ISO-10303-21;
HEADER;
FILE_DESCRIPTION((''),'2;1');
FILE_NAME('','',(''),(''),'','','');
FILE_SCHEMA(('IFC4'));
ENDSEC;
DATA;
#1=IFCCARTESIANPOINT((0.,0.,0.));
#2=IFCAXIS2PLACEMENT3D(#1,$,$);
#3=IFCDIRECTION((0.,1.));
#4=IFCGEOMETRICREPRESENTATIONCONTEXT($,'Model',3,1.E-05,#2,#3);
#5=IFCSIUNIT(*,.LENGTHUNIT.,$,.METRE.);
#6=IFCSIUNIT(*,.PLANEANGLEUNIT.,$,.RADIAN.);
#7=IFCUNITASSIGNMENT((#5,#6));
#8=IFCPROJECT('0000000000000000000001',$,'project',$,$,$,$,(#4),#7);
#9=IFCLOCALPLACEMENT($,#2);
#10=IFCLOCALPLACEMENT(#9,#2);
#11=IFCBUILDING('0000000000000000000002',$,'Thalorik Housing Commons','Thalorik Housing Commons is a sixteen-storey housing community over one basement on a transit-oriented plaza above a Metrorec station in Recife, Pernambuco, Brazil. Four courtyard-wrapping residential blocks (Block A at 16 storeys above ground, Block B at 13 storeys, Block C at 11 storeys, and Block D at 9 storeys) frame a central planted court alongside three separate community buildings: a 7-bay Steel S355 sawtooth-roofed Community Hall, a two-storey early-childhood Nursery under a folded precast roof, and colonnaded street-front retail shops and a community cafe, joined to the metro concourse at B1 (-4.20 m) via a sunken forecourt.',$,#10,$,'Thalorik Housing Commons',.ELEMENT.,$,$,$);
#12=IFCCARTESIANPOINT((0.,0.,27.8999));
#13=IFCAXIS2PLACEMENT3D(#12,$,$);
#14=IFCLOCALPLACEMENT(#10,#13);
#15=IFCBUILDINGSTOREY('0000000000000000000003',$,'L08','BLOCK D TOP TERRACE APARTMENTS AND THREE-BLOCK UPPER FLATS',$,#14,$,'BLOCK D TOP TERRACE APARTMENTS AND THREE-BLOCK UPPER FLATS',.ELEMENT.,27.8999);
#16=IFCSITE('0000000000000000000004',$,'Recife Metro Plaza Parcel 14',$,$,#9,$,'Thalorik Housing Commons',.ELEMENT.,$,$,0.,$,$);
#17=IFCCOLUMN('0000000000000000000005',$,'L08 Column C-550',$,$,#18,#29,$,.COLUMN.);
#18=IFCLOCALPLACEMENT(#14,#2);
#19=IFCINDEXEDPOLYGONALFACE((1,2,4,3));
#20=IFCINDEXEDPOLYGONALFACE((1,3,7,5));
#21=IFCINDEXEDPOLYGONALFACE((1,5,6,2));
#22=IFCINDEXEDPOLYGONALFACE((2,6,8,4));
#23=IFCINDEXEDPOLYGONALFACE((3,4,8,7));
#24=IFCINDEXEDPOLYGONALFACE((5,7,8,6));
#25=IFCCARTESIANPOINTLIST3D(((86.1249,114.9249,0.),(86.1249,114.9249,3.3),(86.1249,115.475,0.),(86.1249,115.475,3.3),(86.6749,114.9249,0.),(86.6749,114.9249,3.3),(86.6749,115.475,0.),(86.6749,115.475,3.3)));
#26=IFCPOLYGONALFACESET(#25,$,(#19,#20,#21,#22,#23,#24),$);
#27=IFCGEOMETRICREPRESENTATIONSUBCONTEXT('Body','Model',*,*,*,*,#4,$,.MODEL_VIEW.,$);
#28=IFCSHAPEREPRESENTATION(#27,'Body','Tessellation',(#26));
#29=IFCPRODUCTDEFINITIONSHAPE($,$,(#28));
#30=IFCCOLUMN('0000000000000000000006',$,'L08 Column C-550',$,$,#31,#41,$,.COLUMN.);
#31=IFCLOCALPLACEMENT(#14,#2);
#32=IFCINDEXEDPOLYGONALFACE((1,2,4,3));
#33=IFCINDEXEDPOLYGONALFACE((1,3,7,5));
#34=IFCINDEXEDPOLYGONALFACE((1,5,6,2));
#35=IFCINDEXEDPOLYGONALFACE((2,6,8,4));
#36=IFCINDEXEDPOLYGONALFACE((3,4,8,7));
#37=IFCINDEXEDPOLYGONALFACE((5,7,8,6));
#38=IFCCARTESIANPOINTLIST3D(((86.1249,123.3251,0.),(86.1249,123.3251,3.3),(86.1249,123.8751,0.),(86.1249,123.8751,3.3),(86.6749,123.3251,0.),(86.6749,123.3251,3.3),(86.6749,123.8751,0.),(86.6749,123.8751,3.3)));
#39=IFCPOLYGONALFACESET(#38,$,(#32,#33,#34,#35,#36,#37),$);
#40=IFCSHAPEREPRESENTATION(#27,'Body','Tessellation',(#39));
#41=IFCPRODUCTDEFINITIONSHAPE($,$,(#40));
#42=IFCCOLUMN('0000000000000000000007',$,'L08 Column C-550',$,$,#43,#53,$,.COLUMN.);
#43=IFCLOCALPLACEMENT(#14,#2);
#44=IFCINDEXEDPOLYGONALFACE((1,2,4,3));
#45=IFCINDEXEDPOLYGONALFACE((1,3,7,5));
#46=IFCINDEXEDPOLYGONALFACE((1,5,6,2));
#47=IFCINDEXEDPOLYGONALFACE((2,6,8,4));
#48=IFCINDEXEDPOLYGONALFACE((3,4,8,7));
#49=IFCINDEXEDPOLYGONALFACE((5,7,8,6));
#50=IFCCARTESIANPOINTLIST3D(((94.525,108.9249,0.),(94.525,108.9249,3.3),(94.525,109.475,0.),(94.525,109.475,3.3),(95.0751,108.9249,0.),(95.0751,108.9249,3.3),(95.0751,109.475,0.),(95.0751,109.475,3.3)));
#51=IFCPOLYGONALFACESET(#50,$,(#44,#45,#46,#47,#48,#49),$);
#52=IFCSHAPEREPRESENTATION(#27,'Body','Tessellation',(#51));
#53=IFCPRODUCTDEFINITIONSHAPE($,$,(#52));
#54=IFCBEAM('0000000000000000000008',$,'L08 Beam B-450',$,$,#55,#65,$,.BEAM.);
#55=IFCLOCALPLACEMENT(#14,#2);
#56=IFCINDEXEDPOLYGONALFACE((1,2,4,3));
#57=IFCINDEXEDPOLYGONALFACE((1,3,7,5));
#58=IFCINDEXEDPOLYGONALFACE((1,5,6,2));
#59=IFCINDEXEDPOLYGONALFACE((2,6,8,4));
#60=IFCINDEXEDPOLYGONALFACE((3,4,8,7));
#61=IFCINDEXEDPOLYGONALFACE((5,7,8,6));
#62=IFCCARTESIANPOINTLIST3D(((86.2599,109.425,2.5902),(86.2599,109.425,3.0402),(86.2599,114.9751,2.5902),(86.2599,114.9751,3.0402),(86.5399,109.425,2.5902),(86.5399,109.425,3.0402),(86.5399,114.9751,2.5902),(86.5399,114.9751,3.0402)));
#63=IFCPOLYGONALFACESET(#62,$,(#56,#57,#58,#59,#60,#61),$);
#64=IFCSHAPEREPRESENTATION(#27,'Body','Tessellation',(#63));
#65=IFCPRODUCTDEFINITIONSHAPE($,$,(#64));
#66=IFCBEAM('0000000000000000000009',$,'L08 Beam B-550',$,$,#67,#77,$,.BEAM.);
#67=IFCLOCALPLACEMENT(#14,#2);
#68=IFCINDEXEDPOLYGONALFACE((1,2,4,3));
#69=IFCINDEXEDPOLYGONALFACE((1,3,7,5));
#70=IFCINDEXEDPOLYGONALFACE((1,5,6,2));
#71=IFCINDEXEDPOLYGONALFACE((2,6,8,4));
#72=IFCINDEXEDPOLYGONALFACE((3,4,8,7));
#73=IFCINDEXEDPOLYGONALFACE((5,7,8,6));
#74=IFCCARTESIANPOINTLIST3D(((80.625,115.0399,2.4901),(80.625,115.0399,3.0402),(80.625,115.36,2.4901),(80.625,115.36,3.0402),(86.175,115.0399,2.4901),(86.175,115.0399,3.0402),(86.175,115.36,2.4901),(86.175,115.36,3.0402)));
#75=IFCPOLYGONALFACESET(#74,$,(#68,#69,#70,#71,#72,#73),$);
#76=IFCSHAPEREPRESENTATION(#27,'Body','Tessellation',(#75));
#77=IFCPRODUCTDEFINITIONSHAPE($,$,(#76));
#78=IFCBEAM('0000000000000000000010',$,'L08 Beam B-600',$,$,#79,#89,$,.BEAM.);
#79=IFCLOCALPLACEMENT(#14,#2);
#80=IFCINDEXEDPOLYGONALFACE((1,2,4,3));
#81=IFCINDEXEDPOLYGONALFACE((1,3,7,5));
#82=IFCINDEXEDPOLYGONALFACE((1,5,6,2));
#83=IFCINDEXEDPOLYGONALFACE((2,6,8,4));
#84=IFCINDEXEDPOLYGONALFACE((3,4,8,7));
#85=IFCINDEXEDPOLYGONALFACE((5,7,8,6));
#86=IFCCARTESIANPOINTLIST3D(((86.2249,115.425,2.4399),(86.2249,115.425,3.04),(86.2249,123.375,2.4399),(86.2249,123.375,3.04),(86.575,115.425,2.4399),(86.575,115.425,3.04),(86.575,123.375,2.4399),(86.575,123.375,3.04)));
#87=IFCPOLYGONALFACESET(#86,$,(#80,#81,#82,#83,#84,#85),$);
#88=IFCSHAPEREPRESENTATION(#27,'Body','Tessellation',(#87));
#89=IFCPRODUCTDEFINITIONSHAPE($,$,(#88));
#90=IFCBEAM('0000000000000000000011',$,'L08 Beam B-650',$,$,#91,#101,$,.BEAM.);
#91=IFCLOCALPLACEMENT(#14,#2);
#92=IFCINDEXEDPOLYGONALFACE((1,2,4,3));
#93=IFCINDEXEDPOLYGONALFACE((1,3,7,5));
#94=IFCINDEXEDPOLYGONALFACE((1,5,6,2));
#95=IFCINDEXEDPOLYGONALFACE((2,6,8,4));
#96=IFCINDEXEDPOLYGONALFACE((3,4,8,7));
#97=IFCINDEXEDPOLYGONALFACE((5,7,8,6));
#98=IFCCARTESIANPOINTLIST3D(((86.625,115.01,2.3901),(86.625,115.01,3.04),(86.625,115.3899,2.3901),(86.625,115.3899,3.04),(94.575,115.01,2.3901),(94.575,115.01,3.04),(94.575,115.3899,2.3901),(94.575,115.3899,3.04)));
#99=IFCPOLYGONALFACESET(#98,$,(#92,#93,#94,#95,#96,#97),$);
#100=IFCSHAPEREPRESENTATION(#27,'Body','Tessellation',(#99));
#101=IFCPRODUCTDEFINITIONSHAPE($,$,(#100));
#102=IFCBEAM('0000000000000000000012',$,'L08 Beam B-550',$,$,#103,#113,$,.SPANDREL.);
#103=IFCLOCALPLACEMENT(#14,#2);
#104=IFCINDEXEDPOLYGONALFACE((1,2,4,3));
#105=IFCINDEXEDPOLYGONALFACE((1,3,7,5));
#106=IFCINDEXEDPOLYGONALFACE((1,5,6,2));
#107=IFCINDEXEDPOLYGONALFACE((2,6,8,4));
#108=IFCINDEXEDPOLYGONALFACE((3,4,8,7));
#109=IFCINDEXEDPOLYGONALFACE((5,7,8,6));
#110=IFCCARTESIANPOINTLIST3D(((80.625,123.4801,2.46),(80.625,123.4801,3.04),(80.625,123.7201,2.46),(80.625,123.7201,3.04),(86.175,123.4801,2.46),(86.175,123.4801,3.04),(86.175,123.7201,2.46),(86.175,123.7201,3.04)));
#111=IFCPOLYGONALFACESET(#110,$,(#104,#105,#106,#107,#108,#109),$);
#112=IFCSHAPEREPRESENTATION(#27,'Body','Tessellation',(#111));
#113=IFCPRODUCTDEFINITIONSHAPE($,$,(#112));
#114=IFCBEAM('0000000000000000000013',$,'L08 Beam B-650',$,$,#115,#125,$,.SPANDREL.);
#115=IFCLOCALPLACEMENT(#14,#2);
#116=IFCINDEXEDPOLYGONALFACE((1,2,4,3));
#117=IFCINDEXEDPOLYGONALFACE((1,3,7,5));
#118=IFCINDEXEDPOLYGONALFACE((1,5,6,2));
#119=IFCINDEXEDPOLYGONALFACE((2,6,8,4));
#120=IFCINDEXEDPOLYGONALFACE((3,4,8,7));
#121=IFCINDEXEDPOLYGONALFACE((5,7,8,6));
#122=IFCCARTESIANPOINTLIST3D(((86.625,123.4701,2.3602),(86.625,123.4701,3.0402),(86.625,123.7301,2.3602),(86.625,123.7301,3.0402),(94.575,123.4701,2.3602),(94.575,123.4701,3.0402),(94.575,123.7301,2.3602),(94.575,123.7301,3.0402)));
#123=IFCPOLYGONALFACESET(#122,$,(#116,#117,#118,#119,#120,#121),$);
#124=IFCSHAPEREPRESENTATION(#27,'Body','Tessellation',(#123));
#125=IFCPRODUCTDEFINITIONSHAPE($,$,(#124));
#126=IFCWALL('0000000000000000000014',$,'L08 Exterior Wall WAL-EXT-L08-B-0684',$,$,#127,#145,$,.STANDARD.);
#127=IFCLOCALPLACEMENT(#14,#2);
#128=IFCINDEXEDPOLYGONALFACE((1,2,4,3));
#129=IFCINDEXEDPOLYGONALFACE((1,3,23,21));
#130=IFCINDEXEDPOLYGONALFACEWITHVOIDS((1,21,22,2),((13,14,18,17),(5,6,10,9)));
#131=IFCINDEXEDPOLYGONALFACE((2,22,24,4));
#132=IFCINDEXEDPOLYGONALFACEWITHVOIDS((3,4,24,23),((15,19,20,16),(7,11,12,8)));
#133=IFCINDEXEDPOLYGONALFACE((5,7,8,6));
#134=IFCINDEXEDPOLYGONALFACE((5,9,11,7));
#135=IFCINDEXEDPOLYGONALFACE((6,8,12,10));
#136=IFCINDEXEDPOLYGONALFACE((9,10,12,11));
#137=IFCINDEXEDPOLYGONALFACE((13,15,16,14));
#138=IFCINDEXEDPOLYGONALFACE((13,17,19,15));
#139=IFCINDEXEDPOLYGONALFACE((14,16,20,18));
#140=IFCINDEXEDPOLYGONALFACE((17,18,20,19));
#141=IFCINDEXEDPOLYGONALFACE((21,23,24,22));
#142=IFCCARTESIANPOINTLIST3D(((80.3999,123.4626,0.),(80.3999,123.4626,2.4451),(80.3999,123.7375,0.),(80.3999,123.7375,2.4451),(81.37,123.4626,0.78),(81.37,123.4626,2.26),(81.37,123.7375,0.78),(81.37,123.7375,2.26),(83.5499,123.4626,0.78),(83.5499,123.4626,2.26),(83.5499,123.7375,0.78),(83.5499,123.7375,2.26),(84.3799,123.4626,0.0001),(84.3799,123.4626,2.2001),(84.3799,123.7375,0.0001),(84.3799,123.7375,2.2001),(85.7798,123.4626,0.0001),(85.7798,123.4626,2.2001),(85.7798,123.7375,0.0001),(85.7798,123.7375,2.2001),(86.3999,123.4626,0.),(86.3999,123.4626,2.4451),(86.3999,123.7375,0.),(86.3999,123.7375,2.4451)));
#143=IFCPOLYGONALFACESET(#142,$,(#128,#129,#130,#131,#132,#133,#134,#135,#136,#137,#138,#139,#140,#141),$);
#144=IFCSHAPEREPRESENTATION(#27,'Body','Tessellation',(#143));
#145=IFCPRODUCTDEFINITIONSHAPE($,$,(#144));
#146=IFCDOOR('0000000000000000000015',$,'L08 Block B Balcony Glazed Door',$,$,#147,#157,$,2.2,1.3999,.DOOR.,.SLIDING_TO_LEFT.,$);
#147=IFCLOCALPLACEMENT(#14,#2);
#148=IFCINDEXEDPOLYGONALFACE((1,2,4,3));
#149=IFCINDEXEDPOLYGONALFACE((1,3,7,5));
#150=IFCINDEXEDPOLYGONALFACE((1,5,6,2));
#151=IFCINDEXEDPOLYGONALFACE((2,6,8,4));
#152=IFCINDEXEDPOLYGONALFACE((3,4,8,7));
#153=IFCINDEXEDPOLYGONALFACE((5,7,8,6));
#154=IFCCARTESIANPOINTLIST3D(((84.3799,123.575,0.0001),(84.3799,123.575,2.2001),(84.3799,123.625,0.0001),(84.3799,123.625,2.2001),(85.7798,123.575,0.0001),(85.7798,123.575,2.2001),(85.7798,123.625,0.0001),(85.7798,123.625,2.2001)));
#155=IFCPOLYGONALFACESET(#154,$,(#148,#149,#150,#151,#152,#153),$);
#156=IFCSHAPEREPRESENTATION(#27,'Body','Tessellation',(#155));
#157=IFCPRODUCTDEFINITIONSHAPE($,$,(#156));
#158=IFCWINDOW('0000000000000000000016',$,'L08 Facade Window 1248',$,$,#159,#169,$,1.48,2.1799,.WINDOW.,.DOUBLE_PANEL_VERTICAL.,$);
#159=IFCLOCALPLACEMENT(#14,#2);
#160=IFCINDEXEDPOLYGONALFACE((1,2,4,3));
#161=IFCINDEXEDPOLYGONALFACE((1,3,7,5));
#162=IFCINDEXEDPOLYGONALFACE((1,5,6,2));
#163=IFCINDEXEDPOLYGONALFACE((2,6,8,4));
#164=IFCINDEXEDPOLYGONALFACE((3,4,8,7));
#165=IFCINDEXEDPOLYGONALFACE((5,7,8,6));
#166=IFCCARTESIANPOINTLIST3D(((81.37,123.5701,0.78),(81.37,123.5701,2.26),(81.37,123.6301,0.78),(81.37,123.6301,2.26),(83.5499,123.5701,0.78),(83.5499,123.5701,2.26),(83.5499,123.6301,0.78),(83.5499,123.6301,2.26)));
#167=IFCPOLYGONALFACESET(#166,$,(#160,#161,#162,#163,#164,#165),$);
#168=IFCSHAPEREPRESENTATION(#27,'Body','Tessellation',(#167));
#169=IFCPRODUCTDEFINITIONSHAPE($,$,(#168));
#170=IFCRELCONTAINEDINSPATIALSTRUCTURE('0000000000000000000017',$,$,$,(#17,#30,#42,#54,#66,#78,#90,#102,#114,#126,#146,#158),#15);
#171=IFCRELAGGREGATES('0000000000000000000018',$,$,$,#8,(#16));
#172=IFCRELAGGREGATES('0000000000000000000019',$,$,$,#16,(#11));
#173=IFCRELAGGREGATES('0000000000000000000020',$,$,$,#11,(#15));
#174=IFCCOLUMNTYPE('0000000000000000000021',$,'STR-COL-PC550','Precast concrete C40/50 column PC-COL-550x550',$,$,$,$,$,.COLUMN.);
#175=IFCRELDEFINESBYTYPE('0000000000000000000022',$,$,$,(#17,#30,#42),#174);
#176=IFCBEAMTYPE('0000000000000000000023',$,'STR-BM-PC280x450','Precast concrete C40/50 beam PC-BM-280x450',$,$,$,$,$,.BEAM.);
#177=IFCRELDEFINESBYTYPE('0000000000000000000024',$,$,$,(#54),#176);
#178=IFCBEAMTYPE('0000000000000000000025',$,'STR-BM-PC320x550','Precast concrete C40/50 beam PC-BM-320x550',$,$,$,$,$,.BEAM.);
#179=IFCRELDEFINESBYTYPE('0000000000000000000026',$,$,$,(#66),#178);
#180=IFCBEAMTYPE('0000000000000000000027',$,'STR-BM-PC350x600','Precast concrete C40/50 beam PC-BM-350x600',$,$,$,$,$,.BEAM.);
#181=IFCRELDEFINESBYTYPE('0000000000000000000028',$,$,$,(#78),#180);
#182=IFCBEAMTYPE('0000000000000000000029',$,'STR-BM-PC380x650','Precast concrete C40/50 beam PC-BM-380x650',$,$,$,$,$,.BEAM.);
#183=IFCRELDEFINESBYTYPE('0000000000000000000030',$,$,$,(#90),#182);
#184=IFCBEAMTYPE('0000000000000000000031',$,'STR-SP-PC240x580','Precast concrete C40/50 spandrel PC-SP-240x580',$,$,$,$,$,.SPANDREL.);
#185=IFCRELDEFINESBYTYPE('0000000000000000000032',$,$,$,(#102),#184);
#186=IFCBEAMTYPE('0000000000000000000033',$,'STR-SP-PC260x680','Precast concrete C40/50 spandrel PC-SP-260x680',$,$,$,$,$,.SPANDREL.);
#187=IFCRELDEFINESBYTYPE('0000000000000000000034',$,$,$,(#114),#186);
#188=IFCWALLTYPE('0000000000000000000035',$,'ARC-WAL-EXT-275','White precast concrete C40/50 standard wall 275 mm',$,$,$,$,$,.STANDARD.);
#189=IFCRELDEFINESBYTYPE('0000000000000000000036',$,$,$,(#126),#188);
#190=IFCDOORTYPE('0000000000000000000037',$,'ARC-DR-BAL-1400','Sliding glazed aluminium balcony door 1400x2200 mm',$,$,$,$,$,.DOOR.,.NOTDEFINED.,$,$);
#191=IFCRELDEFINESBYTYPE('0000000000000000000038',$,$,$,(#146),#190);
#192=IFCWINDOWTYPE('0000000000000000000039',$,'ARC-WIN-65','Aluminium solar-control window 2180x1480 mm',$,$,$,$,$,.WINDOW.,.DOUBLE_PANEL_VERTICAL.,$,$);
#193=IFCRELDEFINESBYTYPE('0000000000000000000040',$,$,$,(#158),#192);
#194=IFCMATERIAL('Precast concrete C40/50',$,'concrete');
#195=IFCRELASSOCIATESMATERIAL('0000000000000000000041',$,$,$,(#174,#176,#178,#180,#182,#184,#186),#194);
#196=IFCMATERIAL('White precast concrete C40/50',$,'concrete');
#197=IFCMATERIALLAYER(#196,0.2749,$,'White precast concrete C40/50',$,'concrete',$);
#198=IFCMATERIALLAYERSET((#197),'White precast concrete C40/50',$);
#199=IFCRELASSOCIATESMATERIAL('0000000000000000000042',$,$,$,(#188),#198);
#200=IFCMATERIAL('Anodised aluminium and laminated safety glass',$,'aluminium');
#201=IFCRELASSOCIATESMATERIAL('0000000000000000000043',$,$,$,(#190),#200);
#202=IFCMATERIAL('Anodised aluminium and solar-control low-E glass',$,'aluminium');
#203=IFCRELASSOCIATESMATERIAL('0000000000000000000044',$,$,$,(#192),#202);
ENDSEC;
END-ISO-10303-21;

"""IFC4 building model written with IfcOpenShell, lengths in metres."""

from ifc_helpers import new_model, si_unit, direction, frame, frame_2d, origin, origin_2d, place, context, subcontext, project, spatial, rectangle, extrude, material, layer, layer_set, material_profile, profile_set, type_object, element, fill, save


model = new_model("IFC4")

# Units and contexts
model_context = context("Model", 3, precision=1e-05, world=origin(), true_north=direction((0.0, 1.0)))
body_context = subcontext(model_context, "Body", "Model", "MODEL_VIEW")
ifc_project = project(units=[si_unit("LENGTHUNIT", "METRE"), si_unit("PLANEANGLEUNIT", "RADIAN")], contexts=[model_context])

# Site, building, storey
site_placement = place(None, origin())
site = spatial("IfcSite", under=ifc_project, at=site_placement, Name="Recife Metro Plaza Parcel 14", LongName="Thalorik Housing Commons", CompositionType="ELEMENT", RefElevation=0.0)
building_placement = place(site_placement, origin())
building = spatial("IfcBuilding", under=site, at=building_placement, Name="Thalorik Housing Commons", Description="Thalorik Housing Commons is a sixteen-storey housing community over one basement on a transit-oriented plaza above a Metrorec station in Recife, Pernambuco, Brazil. Four courtyard-wrapping residential blocks (Block A at 16 storeys above ground, Block B at 13 storeys, Block C at 11 storeys, and Block D at 9 storeys) frame a central planted court alongside three separate community buildings: a 7-bay Steel S355 sawtooth-roofed Community Hall, a two-storey early-childhood Nursery under a folded precast roof, and colonnaded street-front retail shops and a community cafe, joined to the metro concourse at B1 (-4.20 m) via a sunken forecourt.", LongName="Thalorik Housing Commons", CompositionType="ELEMENT")
storey_placement = place(building_placement, frame((0.0, 0.0, 27.8999)))
storey = spatial("IfcBuildingStorey", under=building, at=storey_placement, Name="L08", Description="BLOCK D TOP TERRACE APARTMENTS AND THREE-BLOCK UPPER FLATS", LongName="BLOCK D TOP TERRACE APARTMENTS AND THREE-BLOCK UPPER FLATS", CompositionType="ELEMENT", Elevation=27.8999)

# Columns
ifc_material_1 = material(Name="Precast concrete C40/50", Category="concrete")
ifc_material_profile_1 = material_profile(ifc_material_1, rectangle(XDim=0.55, YDim=0.55, at=origin_2d()), Name="PC 550x550", Category="concrete")
ifc_profile_set_1 = profile_set([ifc_material_profile_1], Name="Precast concrete C40/50")
column_type = type_object("IfcColumnType", Name="STR-COL-PC550", Description="Precast concrete C40/50 column PC-COL-550x550", PredefinedType="COLUMN", material=ifc_profile_set_1)
for number, where, z_axis, x_axis, name in (
    (1, (86.3999, 115.2, 0.0), (0.0, 0.0, 1.0), (1.0, 0.0, 0.0), "L08 Column C-550"),
    (2, (86.3999, 123.6001, 0.0), (0.0, 0.0, 1.0), (1.0, 0.0, 0.0), "L08 Column C-550"),
    (3, (94.8, 109.2, 0.0), (0.0, 0.0, 1.0), (1.0, 0.0, 0.0), "L08 Column C-550"),
):
    element("IfcColumn", number, at=place(storey_placement, frame(where, z_axis=z_axis, x_axis=x_axis)), inside=storey, type_object=column_type, Name=name, PredefinedType="COLUMN", context=body_context, shape_type="SweptSolid", body=[
        extrude(rectangle(XDim=0.55, YDim=0.55, at=origin_2d()), origin(), (0.0, 0.0, 1.0), 3.3),
    ])

# Beams
ifc_material_profile_2 = material_profile(ifc_material_1, rectangle(XDim=0.28, YDim=0.45, at=origin_2d()), Name="PC 280x450", Category="concrete")
ifc_profile_set_2 = profile_set([ifc_material_profile_2], Name="Precast concrete C40/50")
beam_type_1 = type_object("IfcBeamType", Name="STR-BM-PC280x450", Description="Precast concrete C40/50 beam PC-BM-280x450", PredefinedType="BEAM", material=ifc_profile_set_2)
beam_1_placement = place(storey_placement, frame((86.3999, 109.425, 2.8152), z_axis=(0.0, 1.0, 0.0), x_axis=(-1.0, 0.0, 0.0)))
element("IfcBeam", 4, at=beam_1_placement, inside=storey, type_object=beam_type_1, Name="L08 Beam B-450", PredefinedType="BEAM", context=body_context, shape_type="SweptSolid", body=[
    extrude(rectangle(XDim=0.28, YDim=0.45, at=origin_2d()), origin(), (0.0, 0.0, 1.0), 5.55),
])
ifc_material_profile_3 = material_profile(ifc_material_1, rectangle(XDim=0.3201, YDim=0.55, at=origin_2d()), Name="PC 320x550", Category="concrete")
ifc_profile_set_3 = profile_set([ifc_material_profile_3], Name="Precast concrete C40/50")
beam_type_2 = type_object("IfcBeamType", Name="STR-BM-PC320x550", Description="Precast concrete C40/50 beam PC-BM-320x550", PredefinedType="BEAM", material=ifc_profile_set_3)
beam_2_placement = place(storey_placement, frame((80.625, 115.2, 2.7651), z_axis=(1.0, 0.0, 0.0), x_axis=(0.0, 1.0, 0.0)))
element("IfcBeam", 5, at=beam_2_placement, inside=storey, type_object=beam_type_2, Name="L08 Beam B-550", PredefinedType="BEAM", context=body_context, shape_type="SweptSolid", body=[
    extrude(rectangle(XDim=0.3201, YDim=0.55, at=origin_2d()), origin(), (0.0, 0.0, 1.0), 5.55),
])
ifc_material_profile_4 = material_profile(ifc_material_1, rectangle(XDim=0.3501, YDim=0.6001, at=origin_2d()), Name="PC 350x600", Category="concrete")
ifc_profile_set_4 = profile_set([ifc_material_profile_4], Name="Precast concrete C40/50")
beam_type_3 = type_object("IfcBeamType", Name="STR-BM-PC350x600", Description="Precast concrete C40/50 beam PC-BM-350x600", PredefinedType="BEAM", material=ifc_profile_set_4)
beam_3_placement = place(storey_placement, frame((86.3999, 115.425, 2.74), z_axis=(0.0, 1.0, 0.0), x_axis=(-1.0, 0.0, 0.0)))
element("IfcBeam", 6, at=beam_3_placement, inside=storey, type_object=beam_type_3, Name="L08 Beam B-600", PredefinedType="BEAM", context=body_context, shape_type="SweptSolid", body=[
    extrude(rectangle(XDim=0.3501, YDim=0.6001, at=origin_2d()), origin(), (0.0, 0.0, 1.0), 7.95),
])
ifc_material_profile_5 = material_profile(ifc_material_1, rectangle(XDim=0.3799, YDim=0.6499, at=origin_2d()), Name="PC 380x650", Category="concrete")
ifc_profile_set_5 = profile_set([ifc_material_profile_5], Name="Precast concrete C40/50")
beam_type_4 = type_object("IfcBeamType", Name="STR-BM-PC380x650", Description="Precast concrete C40/50 beam PC-BM-380x650", PredefinedType="BEAM", material=ifc_profile_set_5)
beam_4_placement = place(storey_placement, frame((86.625, 115.2, 2.7151), z_axis=(1.0, 0.0, 0.0), x_axis=(0.0, 1.0, 0.0)))
element("IfcBeam", 7, at=beam_4_placement, inside=storey, type_object=beam_type_4, Name="L08 Beam B-650", PredefinedType="BEAM", context=body_context, shape_type="SweptSolid", body=[
    extrude(rectangle(XDim=0.3799, YDim=0.6499, at=origin_2d()), origin(), (0.0, 0.0, 1.0), 7.95),
])
ifc_material_profile_6 = material_profile(ifc_material_1, rectangle(XDim=0.24, YDim=0.5801, at=origin_2d()), Name="PC SP 240x580", Category="concrete")
ifc_profile_set_6 = profile_set([ifc_material_profile_6], Name="Precast concrete C40/50")
beam_type_5 = type_object("IfcBeamType", Name="STR-SP-PC240x580", Description="Precast concrete C40/50 spandrel PC-SP-240x580", PredefinedType="SPANDREL", material=ifc_profile_set_6)
beam_5_placement = place(storey_placement, frame((80.625, 123.6001, 2.75), z_axis=(1.0, 0.0, 0.0), x_axis=(0.0, 1.0, 0.0)))
element("IfcBeam", 8, at=beam_5_placement, inside=storey, type_object=beam_type_5, Name="L08 Beam B-550", PredefinedType="SPANDREL", context=body_context, shape_type="SweptSolid", body=[
    extrude(rectangle(XDim=0.24, YDim=0.5801, at=origin_2d()), origin(), (0.0, 0.0, 1.0), 5.55),
])
ifc_material_profile_7 = material_profile(ifc_material_1, rectangle(XDim=0.26, YDim=0.6799, at=origin_2d()), Name="PC SP 260x680", Category="concrete")
ifc_profile_set_7 = profile_set([ifc_material_profile_7], Name="Precast concrete C40/50")
beam_type_6 = type_object("IfcBeamType", Name="STR-SP-PC260x680", Description="Precast concrete C40/50 spandrel PC-SP-260x680", PredefinedType="SPANDREL", material=ifc_profile_set_7)
beam_6_placement = place(storey_placement, frame((86.625, 123.6001, 2.7002), z_axis=(1.0, 0.0, 0.0), x_axis=(0.0, 1.0, 0.0)))
element("IfcBeam", 9, at=beam_6_placement, inside=storey, type_object=beam_type_6, Name="L08 Beam B-650", PredefinedType="SPANDREL", context=body_context, shape_type="SweptSolid", body=[
    extrude(rectangle(XDim=0.26, YDim=0.6799, at=origin_2d()), origin(), (0.0, 0.0, 1.0), 7.95),
])

# Wall, openings, door, window
ifc_material_2 = material(Name="White precast concrete C40/50", Category="concrete")
ifc_layer_1 = layer(ifc_material_2, 0.2749, Name="White precast concrete C40/50", Category="concrete")
ifc_layer_set_1 = layer_set([ifc_layer_1], Name="White precast concrete C40/50")
wall_type_1 = type_object("IfcWallType", Name="ARC-WAL-EXT-275", Description="White precast concrete C40/50 standard wall 275 mm", PredefinedType="STANDARD", material=ifc_layer_set_1)
wall_1_placement = place(storey_placement, frame((86.3999, 123.6001, 0.0), z_axis=(0.0, 0.0, 1.0), x_axis=(-1.0, 0.0, 0.0)))
wall_1 = element("IfcWall", 10, at=wall_1_placement, inside=storey, type_object=wall_type_1, Name="L08 Exterior Wall WAL-EXT-L08-B-0684", PredefinedType="STANDARD", context=body_context, shape_type="SweptSolid", body=[
    extrude(rectangle(XDim=6.0, YDim=0.2749, at=frame_2d((3.0, 0.0))), origin(), (0.0, 0.0, 1.0), 2.4451),
])
opening_1_placement = place(wall_1_placement, frame((0.6201, 0.0, 0.0)))
opening_1 = element("IfcOpeningElement", 11, at=opening_1_placement, cuts=wall_1, PredefinedType="OPENING", context=body_context, shape_type="SweptSolid", body=[
    extrude(rectangle(XDim=1.3999, YDim=2.2, at=frame_2d((0.7, 1.1001))), frame((0.0, 0.1475, 0.0), z_axis=(0.0, -1.0, 0.0), x_axis=(1.0, 0.0, 0.0)), (0.0, 0.0, 1.0), 0.2949),
])
opening_2_placement = place(wall_1_placement, frame((2.8501, 0.0, 0.78)))
opening_2 = element("IfcOpeningElement", 12, at=opening_2_placement, cuts=wall_1, PredefinedType="OPENING", context=body_context, shape_type="SweptSolid", body=[
    extrude(rectangle(XDim=2.1799, YDim=1.48, at=frame_2d((1.0898, 0.74))), frame((0.0, 0.1475, 0.0), z_axis=(0.0, -1.0, 0.0), x_axis=(1.0, 0.0, 0.0)), (0.0, 0.0, 1.0), 0.2949),
])
ifc_material_3 = material(Name="Anodised aluminium and laminated safety glass", Category="aluminium")
door_type_1 = type_object("IfcDoorType", Name="ARC-DR-BAL-1400", Description="Sliding glazed aluminium balcony door 1400x2200 mm", OperationType="NOTDEFINED", PredefinedType="DOOR", material=ifc_material_3)
door_1_placement = place(opening_1_placement, frame((1.3999, 0.0, 0.0), z_axis=(0.0, 0.0, 1.0), x_axis=(-1.0, 0.0, 0.0)))
door_1 = element("IfcDoor", 13, at=door_1_placement, inside=storey, type_object=door_type_1, Name="L08 Block B Balcony Glazed Door", OperationType="SLIDING_TO_LEFT", OverallHeight=2.2, OverallWidth=1.3999, PredefinedType="DOOR", context=body_context, shape_type="SweptSolid", body=[
    extrude(rectangle(XDim=1.3999, YDim=2.2, at=frame_2d((0.7, 1.1001))), frame((0.0, 0.0249, 0.0), z_axis=(0.0, -1.0, 0.0), x_axis=(1.0, 0.0, 0.0)), (0.0, 0.0, 1.0), 0.05),
])
fill(opening_1, door_1)
ifc_material_4 = material(Name="Anodised aluminium and solar-control low-E glass", Category="aluminium")
window_type = type_object("IfcWindowType", Name="ARC-WIN-65", Description="Aluminium solar-control window 2180x1480 mm", PartitioningType="DOUBLE_PANEL_VERTICAL", PredefinedType="WINDOW", material=ifc_material_4)
window_placement = place(opening_2_placement, origin())
window = element("IfcWindow", 14, at=window_placement, inside=storey, type_object=window_type, Name="L08 Facade Window 1248", OverallHeight=1.48, OverallWidth=2.1799, PartitioningType="DOUBLE_PANEL_VERTICAL", PredefinedType="WINDOW", context=body_context, shape_type="SweptSolid", body=[
    extrude(rectangle(XDim=2.1799, YDim=1.48, at=frame_2d((1.0898, 0.74))), frame((0.0, 0.03, 0.0), z_axis=(0.0, -1.0, 0.0), x_axis=(1.0, 0.0, 0.0)), (0.0, 0.0, 1.0), 0.0601),
])
fill(opening_2, window)

save(model, "model.ifc")
